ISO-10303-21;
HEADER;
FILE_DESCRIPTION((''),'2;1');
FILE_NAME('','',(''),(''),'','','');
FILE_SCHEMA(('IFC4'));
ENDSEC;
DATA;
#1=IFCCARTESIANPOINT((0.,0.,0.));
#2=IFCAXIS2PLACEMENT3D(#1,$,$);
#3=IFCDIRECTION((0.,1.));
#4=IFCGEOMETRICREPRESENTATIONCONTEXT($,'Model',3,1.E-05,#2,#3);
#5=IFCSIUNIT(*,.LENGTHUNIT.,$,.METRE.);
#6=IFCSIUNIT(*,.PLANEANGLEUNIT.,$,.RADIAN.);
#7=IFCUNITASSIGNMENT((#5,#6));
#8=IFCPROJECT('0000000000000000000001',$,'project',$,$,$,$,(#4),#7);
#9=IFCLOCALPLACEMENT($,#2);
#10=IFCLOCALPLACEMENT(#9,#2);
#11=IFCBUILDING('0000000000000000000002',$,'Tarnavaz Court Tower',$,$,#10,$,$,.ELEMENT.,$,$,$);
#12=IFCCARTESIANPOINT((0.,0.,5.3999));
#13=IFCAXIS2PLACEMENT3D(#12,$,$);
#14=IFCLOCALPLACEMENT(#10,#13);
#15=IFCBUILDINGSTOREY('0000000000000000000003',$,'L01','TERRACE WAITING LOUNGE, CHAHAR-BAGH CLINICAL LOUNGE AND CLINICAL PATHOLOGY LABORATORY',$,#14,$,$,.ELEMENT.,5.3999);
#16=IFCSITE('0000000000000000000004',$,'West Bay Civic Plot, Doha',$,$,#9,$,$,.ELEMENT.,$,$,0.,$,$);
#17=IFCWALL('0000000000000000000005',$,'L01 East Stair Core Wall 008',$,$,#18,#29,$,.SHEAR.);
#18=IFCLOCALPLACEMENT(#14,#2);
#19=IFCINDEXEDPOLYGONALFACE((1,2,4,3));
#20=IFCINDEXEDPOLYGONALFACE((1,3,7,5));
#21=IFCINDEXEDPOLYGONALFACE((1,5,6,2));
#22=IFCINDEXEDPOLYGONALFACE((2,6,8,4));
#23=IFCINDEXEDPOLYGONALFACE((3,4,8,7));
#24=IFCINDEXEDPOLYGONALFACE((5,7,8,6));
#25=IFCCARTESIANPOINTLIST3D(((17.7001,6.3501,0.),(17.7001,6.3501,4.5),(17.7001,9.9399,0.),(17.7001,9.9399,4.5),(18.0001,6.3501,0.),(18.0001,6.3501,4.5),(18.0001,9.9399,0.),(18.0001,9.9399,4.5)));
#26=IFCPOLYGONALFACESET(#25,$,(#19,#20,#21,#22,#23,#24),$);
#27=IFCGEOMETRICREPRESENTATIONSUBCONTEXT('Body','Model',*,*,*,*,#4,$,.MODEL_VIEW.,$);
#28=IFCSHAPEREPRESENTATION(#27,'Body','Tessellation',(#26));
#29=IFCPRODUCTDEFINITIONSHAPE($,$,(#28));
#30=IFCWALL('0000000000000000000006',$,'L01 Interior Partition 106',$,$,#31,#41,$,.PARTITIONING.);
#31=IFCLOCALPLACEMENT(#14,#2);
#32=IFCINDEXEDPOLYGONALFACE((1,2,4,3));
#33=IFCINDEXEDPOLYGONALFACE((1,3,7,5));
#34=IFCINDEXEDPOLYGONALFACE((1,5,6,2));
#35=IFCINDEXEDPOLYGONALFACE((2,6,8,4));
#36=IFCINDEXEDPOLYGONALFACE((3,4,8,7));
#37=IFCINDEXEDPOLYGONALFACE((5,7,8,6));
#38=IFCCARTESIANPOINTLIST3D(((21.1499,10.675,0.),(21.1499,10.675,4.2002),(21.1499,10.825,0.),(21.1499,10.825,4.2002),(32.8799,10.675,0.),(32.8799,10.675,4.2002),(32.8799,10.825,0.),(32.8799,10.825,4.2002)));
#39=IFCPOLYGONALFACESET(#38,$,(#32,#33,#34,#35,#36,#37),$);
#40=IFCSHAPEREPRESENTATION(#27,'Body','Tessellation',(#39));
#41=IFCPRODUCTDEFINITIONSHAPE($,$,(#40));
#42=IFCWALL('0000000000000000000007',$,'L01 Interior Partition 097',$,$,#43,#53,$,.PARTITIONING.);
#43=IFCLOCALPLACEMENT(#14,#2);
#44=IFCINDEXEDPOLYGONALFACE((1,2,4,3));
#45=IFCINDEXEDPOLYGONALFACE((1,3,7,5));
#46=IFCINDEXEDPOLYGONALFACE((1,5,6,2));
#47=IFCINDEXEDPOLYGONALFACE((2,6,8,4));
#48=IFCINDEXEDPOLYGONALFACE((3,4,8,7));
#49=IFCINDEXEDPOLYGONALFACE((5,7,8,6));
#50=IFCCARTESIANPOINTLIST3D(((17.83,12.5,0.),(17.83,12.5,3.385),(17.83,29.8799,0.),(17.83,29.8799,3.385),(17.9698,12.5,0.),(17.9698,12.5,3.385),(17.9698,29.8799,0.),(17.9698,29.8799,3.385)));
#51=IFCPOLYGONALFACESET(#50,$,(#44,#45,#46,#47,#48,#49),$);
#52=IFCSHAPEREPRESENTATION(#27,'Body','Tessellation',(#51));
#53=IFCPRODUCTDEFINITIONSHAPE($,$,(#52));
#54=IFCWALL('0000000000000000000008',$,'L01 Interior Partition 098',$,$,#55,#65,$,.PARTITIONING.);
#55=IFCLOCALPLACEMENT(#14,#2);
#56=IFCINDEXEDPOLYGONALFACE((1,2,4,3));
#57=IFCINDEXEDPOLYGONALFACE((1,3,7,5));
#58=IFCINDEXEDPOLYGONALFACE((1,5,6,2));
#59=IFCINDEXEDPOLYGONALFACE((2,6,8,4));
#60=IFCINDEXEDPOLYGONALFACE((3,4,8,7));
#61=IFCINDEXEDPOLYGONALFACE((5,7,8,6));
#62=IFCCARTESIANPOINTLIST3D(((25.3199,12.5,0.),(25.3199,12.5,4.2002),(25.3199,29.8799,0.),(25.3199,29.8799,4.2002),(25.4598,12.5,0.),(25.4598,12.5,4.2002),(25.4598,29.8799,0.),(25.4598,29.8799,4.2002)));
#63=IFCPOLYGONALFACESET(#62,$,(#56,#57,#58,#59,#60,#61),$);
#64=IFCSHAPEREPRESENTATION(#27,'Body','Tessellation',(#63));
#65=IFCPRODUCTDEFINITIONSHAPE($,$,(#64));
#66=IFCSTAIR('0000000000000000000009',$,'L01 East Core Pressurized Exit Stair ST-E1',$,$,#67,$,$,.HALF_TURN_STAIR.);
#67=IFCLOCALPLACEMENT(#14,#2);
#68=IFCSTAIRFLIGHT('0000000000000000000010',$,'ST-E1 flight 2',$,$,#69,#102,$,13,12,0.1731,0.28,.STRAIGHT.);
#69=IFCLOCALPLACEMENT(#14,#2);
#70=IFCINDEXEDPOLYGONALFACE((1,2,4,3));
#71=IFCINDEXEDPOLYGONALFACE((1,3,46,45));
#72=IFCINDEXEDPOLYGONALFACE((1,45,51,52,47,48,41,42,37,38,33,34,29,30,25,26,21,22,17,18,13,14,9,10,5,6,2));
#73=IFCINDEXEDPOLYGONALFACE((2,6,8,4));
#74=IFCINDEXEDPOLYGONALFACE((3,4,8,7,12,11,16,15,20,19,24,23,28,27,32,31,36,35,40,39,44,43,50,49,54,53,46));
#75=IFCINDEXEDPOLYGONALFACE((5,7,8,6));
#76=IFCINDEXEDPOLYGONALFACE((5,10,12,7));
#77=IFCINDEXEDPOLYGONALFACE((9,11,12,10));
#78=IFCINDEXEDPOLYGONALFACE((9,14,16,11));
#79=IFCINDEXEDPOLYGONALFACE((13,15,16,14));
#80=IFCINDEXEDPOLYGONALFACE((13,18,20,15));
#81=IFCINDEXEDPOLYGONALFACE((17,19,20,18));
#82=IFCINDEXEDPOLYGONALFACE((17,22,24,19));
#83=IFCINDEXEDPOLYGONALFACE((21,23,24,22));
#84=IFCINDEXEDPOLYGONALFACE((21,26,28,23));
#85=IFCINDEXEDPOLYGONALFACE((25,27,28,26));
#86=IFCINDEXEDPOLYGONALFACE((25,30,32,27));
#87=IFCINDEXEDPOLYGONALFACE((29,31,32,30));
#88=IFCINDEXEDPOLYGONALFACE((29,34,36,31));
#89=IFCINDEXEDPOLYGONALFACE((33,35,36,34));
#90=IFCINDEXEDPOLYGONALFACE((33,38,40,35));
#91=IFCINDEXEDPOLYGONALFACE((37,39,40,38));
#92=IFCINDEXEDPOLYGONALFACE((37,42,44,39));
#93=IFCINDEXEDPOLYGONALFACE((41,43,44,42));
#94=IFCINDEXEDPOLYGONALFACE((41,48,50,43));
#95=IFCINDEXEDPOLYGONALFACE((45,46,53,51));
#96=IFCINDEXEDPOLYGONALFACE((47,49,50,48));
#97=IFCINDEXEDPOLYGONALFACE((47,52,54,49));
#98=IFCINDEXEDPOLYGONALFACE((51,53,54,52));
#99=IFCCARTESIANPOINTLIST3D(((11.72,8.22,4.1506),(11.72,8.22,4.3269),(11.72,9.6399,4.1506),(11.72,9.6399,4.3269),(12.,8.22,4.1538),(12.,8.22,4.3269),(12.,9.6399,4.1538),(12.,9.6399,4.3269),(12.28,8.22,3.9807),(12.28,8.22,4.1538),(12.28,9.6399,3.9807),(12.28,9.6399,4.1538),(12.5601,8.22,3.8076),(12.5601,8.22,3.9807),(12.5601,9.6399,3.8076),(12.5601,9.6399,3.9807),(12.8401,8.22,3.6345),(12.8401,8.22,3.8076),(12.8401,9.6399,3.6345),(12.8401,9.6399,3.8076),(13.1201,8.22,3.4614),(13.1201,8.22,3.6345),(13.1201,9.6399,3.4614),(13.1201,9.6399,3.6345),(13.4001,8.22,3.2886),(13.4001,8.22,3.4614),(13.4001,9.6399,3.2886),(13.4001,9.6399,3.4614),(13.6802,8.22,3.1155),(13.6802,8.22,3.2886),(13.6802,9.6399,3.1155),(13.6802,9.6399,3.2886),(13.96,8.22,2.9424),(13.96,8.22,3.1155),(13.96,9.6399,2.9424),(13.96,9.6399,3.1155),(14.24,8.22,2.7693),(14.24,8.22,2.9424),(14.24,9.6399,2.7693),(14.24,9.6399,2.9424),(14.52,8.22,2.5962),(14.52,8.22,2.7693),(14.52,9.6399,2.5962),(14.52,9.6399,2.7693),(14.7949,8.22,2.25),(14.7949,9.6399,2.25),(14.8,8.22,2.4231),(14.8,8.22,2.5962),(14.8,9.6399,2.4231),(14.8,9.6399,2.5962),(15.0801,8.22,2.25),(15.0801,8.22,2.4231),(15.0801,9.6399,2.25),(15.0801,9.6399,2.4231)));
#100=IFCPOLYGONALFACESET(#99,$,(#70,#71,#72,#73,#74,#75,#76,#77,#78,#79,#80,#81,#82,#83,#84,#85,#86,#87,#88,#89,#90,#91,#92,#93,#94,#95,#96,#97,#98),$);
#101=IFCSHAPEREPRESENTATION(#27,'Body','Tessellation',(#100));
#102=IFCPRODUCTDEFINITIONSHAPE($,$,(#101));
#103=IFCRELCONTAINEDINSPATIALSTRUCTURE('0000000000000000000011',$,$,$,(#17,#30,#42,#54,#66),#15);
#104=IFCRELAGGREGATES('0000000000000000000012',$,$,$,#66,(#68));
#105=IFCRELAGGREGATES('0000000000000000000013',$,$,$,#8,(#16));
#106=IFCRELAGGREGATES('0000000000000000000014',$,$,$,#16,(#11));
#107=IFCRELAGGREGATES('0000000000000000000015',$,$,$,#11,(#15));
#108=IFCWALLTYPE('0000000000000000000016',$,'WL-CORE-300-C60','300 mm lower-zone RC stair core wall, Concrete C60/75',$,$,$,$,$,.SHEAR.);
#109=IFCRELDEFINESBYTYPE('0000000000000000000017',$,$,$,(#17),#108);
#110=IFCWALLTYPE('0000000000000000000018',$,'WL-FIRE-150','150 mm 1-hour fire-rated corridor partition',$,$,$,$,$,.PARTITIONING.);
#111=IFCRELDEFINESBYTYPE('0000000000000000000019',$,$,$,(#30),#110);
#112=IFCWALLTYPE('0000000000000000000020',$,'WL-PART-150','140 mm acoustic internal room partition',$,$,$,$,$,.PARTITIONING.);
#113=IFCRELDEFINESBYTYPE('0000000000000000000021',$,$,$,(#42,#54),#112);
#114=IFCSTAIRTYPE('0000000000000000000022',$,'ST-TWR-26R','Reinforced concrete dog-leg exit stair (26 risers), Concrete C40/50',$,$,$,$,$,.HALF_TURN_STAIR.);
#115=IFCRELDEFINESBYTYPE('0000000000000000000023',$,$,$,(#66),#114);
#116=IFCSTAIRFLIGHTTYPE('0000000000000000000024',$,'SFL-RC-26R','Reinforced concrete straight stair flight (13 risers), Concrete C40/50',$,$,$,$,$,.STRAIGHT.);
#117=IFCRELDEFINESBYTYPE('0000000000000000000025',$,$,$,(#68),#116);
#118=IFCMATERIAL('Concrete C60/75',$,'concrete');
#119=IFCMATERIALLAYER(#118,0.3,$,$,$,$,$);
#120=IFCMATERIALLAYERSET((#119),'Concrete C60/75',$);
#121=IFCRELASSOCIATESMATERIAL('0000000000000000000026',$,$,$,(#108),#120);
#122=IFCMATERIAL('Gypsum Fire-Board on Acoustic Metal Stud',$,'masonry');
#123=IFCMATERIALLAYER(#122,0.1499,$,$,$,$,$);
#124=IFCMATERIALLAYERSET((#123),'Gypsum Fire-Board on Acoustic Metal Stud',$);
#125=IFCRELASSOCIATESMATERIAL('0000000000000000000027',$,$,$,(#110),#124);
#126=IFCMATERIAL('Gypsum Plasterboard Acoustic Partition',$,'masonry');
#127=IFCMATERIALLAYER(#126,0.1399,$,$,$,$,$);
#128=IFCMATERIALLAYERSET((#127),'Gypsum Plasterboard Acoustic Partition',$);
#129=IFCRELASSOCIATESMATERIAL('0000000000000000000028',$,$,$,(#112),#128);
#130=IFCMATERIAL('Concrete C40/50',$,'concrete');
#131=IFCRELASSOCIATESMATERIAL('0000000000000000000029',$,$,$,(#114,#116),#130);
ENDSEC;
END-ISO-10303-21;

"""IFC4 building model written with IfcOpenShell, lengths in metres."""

from ifc_helpers import new_model, si_unit, direction, frame, frame_2d, origin, place, context, subcontext, project, spatial, polyline, rectangle, outline, extrude, material, layer, layer_set, type_object, element, aggregate, save


model = new_model("IFC4")

# Units and contexts
model_context = context("Model", 3, precision=1e-05, world=origin(), true_north=direction((0.0, 1.0)))
body_context = subcontext(model_context, "Body", "Model", "MODEL_VIEW")
ifc_project = project(units=[si_unit("LENGTHUNIT", "METRE"), si_unit("PLANEANGLEUNIT", "RADIAN")], contexts=[model_context])

# Site, building, storey
site_placement = place(None, origin())
site = spatial("IfcSite", under=ifc_project, at=site_placement, Name="West Bay Civic Plot, Doha", CompositionType="ELEMENT", RefElevation=0.0)
building_placement = place(site_placement, origin())
building = spatial("IfcBuilding", under=site, at=building_placement, Name="Tarnavaz Court Tower", CompositionType="ELEMENT")
storey_placement = place(building_placement, frame((0.0, 0.0, 5.3999)))
storey = spatial("IfcBuildingStorey", under=building, at=storey_placement, Name="L01", Description="TERRACE WAITING LOUNGE, CHAHAR-BAGH CLINICAL LOUNGE AND CLINICAL PATHOLOGY LABORATORY", CompositionType="ELEMENT", Elevation=5.3999)

# Shared definitions
ifc_material_1 = material(Name="Concrete C60/75", Category="concrete")

# Walls
ifc_layer_1 = layer(ifc_material_1, 0.3)
ifc_layer_set_1 = layer_set([ifc_layer_1], Name="Concrete C60/75")
wall_type_1 = type_object("IfcWallType", Name="WL-CORE-300-C60", Description="300 mm lower-zone RC stair core wall, Concrete C60/75", PredefinedType="SHEAR", material=ifc_layer_set_1)
wall_1_placement = place(storey_placement, frame((17.8501, 6.3501, 0.0), z_axis=(0.0, 0.0, 1.0), x_axis=(0.0, 1.0, 0.0)))
element("IfcWall", 1, at=wall_1_placement, inside=storey, type_object=wall_type_1, Name="L01 East Stair Core Wall 008", PredefinedType="SHEAR", context=body_context, shape_type="SweptSolid", body=[
    extrude(rectangle(XDim=3.5898, YDim=0.3, at=frame_2d((1.7949, 0.0))), origin(), (0.0, 0.0, 1.0), 4.5),
])
ifc_material_2 = material(Name="Gypsum Fire-Board on Acoustic Metal Stud", Category="masonry")
ifc_layer_2 = layer(ifc_material_2, 0.1499)
ifc_layer_set_2 = layer_set([ifc_layer_2], Name="Gypsum Fire-Board on Acoustic Metal Stud")
wall_type_2 = type_object("IfcWallType", Name="WL-FIRE-150", Description="150 mm 1-hour fire-rated corridor partition", PredefinedType="PARTITIONING", material=ifc_layer_set_2)
wall_2_placement = place(storey_placement, frame((21.1499, 10.75, 0.0), z_axis=(0.0, 0.0, 1.0), x_axis=(1.0, 0.0, 0.0)))
element("IfcWall", 2, at=wall_2_placement, inside=storey, type_object=wall_type_2, Name="L01 Interior Partition 106", PredefinedType="PARTITIONING", context=body_context, shape_type="SweptSolid", body=[
    extrude(rectangle(XDim=11.73, YDim=0.1499, at=frame_2d((5.865, 0.0))), origin(), (0.0, 0.0, 1.0), 4.2002),
])
ifc_material_3 = material(Name="Gypsum Plasterboard Acoustic Partition", Category="masonry")
ifc_layer_3 = layer(ifc_material_3, 0.1399)
ifc_layer_set_3 = layer_set([ifc_layer_3], Name="Gypsum Plasterboard Acoustic Partition")
wall_type_3 = type_object("IfcWallType", Name="WL-PART-150", Description="140 mm acoustic internal room partition", PredefinedType="PARTITIONING", material=ifc_layer_set_3)
wall_3_placement = place(storey_placement, frame((17.8999, 12.5, 0.0), z_axis=(0.0, 0.0, 1.0), x_axis=(0.0, 1.0, 0.0)))
element("IfcWall", 3, at=wall_3_placement, inside=storey, type_object=wall_type_3, Name="L01 Interior Partition 097", PredefinedType="PARTITIONING", context=body_context, shape_type="SweptSolid", body=[
    extrude(rectangle(XDim=17.3799, YDim=0.1399, at=frame_2d((8.6899, 0.0))), origin(), (0.0, 0.0, 1.0), 3.385),
])
wall_4_placement = place(storey_placement, frame((25.3899, 12.5, 0.0), z_axis=(0.0, 0.0, 1.0), x_axis=(0.0, 1.0, 0.0)))
element("IfcWall", 4, at=wall_4_placement, inside=storey, type_object=wall_type_3, Name="L01 Interior Partition 098", PredefinedType="PARTITIONING", context=body_context, shape_type="SweptSolid", body=[
    extrude(rectangle(XDim=17.3799, YDim=0.1399, at=frame_2d((8.6899, 0.0))), origin(), (0.0, 0.0, 1.0), 4.2002),
])

# Stair, stair flight
ifc_material_4 = material(Name="Concrete C40/50", Category="concrete")
stair_type = type_object("IfcStairType", Name="ST-TWR-26R", Description="Reinforced concrete dog-leg exit stair (26 risers), Concrete C40/50", PredefinedType="HALF_TURN_STAIR", material=ifc_material_4)
stair_placement = place(storey_placement, origin())
stair = element("IfcStair", 5, at=stair_placement, inside=storey, type_object=stair_type, Name="L01 East Core Pressurized Exit Stair ST-E1", PredefinedType="HALF_TURN_STAIR")
stair_flight_type = type_object("IfcStairFlightType", Name="SFL-RC-26R", Description="Reinforced concrete straight stair flight (13 risers), Concrete C40/50", PredefinedType="STRAIGHT", material=ifc_material_4)
stair_flight_placement = place(storey_placement, frame((15.0801, 8.9299, 2.25), z_axis=(0.0, 0.0, 1.0), x_axis=(-1.0, 0.0, 0.0)))
stair_flight = element("IfcStairFlight", 6, at=stair_flight_placement, type_object=stair_flight_type, Name="ST-E1 flight 2", NumberOfRisers=13, NumberOfTreads=12, PredefinedType="STRAIGHT", RiserHeight=0.1731, TreadLength=0.28, context=body_context, shape_type="SweptSolid", body=[
    extrude(outline(polyline([(0.0, 0.0), (0.0, 0.1731), (0.28, 0.1731), (0.28, 0.3462), (0.5601, 0.3462), (0.5601, 0.5193), (0.8401, 0.5193), (0.8401, 0.6924), (1.1201, 0.6924), (1.1201, 0.8655), (1.3999, 0.8655), (1.3999, 1.0386), (1.6799, 1.0386), (1.6799, 1.2114), (1.96, 1.2114), (1.96, 1.3845), (2.24, 1.3845), (2.24, 1.5576), (2.52, 1.5576), (2.52, 1.7307), (2.8, 1.7307), (2.8, 1.9038), (3.0801, 1.9038), (3.0801, 2.0769), (3.3601, 2.0769), (3.3601, 2.25), (3.3601, 1.9006), (0.2852, 0.0), (0.0, 0.0)])), frame((0.0, 0.71, 0.0), z_axis=(0.0, -1.0, 0.0), x_axis=(1.0, 0.0, 0.0)), (0.0, 0.0, 1.0), 1.4199),
])
aggregate(stair, [stair_flight])

save(model, "model.ifc")
